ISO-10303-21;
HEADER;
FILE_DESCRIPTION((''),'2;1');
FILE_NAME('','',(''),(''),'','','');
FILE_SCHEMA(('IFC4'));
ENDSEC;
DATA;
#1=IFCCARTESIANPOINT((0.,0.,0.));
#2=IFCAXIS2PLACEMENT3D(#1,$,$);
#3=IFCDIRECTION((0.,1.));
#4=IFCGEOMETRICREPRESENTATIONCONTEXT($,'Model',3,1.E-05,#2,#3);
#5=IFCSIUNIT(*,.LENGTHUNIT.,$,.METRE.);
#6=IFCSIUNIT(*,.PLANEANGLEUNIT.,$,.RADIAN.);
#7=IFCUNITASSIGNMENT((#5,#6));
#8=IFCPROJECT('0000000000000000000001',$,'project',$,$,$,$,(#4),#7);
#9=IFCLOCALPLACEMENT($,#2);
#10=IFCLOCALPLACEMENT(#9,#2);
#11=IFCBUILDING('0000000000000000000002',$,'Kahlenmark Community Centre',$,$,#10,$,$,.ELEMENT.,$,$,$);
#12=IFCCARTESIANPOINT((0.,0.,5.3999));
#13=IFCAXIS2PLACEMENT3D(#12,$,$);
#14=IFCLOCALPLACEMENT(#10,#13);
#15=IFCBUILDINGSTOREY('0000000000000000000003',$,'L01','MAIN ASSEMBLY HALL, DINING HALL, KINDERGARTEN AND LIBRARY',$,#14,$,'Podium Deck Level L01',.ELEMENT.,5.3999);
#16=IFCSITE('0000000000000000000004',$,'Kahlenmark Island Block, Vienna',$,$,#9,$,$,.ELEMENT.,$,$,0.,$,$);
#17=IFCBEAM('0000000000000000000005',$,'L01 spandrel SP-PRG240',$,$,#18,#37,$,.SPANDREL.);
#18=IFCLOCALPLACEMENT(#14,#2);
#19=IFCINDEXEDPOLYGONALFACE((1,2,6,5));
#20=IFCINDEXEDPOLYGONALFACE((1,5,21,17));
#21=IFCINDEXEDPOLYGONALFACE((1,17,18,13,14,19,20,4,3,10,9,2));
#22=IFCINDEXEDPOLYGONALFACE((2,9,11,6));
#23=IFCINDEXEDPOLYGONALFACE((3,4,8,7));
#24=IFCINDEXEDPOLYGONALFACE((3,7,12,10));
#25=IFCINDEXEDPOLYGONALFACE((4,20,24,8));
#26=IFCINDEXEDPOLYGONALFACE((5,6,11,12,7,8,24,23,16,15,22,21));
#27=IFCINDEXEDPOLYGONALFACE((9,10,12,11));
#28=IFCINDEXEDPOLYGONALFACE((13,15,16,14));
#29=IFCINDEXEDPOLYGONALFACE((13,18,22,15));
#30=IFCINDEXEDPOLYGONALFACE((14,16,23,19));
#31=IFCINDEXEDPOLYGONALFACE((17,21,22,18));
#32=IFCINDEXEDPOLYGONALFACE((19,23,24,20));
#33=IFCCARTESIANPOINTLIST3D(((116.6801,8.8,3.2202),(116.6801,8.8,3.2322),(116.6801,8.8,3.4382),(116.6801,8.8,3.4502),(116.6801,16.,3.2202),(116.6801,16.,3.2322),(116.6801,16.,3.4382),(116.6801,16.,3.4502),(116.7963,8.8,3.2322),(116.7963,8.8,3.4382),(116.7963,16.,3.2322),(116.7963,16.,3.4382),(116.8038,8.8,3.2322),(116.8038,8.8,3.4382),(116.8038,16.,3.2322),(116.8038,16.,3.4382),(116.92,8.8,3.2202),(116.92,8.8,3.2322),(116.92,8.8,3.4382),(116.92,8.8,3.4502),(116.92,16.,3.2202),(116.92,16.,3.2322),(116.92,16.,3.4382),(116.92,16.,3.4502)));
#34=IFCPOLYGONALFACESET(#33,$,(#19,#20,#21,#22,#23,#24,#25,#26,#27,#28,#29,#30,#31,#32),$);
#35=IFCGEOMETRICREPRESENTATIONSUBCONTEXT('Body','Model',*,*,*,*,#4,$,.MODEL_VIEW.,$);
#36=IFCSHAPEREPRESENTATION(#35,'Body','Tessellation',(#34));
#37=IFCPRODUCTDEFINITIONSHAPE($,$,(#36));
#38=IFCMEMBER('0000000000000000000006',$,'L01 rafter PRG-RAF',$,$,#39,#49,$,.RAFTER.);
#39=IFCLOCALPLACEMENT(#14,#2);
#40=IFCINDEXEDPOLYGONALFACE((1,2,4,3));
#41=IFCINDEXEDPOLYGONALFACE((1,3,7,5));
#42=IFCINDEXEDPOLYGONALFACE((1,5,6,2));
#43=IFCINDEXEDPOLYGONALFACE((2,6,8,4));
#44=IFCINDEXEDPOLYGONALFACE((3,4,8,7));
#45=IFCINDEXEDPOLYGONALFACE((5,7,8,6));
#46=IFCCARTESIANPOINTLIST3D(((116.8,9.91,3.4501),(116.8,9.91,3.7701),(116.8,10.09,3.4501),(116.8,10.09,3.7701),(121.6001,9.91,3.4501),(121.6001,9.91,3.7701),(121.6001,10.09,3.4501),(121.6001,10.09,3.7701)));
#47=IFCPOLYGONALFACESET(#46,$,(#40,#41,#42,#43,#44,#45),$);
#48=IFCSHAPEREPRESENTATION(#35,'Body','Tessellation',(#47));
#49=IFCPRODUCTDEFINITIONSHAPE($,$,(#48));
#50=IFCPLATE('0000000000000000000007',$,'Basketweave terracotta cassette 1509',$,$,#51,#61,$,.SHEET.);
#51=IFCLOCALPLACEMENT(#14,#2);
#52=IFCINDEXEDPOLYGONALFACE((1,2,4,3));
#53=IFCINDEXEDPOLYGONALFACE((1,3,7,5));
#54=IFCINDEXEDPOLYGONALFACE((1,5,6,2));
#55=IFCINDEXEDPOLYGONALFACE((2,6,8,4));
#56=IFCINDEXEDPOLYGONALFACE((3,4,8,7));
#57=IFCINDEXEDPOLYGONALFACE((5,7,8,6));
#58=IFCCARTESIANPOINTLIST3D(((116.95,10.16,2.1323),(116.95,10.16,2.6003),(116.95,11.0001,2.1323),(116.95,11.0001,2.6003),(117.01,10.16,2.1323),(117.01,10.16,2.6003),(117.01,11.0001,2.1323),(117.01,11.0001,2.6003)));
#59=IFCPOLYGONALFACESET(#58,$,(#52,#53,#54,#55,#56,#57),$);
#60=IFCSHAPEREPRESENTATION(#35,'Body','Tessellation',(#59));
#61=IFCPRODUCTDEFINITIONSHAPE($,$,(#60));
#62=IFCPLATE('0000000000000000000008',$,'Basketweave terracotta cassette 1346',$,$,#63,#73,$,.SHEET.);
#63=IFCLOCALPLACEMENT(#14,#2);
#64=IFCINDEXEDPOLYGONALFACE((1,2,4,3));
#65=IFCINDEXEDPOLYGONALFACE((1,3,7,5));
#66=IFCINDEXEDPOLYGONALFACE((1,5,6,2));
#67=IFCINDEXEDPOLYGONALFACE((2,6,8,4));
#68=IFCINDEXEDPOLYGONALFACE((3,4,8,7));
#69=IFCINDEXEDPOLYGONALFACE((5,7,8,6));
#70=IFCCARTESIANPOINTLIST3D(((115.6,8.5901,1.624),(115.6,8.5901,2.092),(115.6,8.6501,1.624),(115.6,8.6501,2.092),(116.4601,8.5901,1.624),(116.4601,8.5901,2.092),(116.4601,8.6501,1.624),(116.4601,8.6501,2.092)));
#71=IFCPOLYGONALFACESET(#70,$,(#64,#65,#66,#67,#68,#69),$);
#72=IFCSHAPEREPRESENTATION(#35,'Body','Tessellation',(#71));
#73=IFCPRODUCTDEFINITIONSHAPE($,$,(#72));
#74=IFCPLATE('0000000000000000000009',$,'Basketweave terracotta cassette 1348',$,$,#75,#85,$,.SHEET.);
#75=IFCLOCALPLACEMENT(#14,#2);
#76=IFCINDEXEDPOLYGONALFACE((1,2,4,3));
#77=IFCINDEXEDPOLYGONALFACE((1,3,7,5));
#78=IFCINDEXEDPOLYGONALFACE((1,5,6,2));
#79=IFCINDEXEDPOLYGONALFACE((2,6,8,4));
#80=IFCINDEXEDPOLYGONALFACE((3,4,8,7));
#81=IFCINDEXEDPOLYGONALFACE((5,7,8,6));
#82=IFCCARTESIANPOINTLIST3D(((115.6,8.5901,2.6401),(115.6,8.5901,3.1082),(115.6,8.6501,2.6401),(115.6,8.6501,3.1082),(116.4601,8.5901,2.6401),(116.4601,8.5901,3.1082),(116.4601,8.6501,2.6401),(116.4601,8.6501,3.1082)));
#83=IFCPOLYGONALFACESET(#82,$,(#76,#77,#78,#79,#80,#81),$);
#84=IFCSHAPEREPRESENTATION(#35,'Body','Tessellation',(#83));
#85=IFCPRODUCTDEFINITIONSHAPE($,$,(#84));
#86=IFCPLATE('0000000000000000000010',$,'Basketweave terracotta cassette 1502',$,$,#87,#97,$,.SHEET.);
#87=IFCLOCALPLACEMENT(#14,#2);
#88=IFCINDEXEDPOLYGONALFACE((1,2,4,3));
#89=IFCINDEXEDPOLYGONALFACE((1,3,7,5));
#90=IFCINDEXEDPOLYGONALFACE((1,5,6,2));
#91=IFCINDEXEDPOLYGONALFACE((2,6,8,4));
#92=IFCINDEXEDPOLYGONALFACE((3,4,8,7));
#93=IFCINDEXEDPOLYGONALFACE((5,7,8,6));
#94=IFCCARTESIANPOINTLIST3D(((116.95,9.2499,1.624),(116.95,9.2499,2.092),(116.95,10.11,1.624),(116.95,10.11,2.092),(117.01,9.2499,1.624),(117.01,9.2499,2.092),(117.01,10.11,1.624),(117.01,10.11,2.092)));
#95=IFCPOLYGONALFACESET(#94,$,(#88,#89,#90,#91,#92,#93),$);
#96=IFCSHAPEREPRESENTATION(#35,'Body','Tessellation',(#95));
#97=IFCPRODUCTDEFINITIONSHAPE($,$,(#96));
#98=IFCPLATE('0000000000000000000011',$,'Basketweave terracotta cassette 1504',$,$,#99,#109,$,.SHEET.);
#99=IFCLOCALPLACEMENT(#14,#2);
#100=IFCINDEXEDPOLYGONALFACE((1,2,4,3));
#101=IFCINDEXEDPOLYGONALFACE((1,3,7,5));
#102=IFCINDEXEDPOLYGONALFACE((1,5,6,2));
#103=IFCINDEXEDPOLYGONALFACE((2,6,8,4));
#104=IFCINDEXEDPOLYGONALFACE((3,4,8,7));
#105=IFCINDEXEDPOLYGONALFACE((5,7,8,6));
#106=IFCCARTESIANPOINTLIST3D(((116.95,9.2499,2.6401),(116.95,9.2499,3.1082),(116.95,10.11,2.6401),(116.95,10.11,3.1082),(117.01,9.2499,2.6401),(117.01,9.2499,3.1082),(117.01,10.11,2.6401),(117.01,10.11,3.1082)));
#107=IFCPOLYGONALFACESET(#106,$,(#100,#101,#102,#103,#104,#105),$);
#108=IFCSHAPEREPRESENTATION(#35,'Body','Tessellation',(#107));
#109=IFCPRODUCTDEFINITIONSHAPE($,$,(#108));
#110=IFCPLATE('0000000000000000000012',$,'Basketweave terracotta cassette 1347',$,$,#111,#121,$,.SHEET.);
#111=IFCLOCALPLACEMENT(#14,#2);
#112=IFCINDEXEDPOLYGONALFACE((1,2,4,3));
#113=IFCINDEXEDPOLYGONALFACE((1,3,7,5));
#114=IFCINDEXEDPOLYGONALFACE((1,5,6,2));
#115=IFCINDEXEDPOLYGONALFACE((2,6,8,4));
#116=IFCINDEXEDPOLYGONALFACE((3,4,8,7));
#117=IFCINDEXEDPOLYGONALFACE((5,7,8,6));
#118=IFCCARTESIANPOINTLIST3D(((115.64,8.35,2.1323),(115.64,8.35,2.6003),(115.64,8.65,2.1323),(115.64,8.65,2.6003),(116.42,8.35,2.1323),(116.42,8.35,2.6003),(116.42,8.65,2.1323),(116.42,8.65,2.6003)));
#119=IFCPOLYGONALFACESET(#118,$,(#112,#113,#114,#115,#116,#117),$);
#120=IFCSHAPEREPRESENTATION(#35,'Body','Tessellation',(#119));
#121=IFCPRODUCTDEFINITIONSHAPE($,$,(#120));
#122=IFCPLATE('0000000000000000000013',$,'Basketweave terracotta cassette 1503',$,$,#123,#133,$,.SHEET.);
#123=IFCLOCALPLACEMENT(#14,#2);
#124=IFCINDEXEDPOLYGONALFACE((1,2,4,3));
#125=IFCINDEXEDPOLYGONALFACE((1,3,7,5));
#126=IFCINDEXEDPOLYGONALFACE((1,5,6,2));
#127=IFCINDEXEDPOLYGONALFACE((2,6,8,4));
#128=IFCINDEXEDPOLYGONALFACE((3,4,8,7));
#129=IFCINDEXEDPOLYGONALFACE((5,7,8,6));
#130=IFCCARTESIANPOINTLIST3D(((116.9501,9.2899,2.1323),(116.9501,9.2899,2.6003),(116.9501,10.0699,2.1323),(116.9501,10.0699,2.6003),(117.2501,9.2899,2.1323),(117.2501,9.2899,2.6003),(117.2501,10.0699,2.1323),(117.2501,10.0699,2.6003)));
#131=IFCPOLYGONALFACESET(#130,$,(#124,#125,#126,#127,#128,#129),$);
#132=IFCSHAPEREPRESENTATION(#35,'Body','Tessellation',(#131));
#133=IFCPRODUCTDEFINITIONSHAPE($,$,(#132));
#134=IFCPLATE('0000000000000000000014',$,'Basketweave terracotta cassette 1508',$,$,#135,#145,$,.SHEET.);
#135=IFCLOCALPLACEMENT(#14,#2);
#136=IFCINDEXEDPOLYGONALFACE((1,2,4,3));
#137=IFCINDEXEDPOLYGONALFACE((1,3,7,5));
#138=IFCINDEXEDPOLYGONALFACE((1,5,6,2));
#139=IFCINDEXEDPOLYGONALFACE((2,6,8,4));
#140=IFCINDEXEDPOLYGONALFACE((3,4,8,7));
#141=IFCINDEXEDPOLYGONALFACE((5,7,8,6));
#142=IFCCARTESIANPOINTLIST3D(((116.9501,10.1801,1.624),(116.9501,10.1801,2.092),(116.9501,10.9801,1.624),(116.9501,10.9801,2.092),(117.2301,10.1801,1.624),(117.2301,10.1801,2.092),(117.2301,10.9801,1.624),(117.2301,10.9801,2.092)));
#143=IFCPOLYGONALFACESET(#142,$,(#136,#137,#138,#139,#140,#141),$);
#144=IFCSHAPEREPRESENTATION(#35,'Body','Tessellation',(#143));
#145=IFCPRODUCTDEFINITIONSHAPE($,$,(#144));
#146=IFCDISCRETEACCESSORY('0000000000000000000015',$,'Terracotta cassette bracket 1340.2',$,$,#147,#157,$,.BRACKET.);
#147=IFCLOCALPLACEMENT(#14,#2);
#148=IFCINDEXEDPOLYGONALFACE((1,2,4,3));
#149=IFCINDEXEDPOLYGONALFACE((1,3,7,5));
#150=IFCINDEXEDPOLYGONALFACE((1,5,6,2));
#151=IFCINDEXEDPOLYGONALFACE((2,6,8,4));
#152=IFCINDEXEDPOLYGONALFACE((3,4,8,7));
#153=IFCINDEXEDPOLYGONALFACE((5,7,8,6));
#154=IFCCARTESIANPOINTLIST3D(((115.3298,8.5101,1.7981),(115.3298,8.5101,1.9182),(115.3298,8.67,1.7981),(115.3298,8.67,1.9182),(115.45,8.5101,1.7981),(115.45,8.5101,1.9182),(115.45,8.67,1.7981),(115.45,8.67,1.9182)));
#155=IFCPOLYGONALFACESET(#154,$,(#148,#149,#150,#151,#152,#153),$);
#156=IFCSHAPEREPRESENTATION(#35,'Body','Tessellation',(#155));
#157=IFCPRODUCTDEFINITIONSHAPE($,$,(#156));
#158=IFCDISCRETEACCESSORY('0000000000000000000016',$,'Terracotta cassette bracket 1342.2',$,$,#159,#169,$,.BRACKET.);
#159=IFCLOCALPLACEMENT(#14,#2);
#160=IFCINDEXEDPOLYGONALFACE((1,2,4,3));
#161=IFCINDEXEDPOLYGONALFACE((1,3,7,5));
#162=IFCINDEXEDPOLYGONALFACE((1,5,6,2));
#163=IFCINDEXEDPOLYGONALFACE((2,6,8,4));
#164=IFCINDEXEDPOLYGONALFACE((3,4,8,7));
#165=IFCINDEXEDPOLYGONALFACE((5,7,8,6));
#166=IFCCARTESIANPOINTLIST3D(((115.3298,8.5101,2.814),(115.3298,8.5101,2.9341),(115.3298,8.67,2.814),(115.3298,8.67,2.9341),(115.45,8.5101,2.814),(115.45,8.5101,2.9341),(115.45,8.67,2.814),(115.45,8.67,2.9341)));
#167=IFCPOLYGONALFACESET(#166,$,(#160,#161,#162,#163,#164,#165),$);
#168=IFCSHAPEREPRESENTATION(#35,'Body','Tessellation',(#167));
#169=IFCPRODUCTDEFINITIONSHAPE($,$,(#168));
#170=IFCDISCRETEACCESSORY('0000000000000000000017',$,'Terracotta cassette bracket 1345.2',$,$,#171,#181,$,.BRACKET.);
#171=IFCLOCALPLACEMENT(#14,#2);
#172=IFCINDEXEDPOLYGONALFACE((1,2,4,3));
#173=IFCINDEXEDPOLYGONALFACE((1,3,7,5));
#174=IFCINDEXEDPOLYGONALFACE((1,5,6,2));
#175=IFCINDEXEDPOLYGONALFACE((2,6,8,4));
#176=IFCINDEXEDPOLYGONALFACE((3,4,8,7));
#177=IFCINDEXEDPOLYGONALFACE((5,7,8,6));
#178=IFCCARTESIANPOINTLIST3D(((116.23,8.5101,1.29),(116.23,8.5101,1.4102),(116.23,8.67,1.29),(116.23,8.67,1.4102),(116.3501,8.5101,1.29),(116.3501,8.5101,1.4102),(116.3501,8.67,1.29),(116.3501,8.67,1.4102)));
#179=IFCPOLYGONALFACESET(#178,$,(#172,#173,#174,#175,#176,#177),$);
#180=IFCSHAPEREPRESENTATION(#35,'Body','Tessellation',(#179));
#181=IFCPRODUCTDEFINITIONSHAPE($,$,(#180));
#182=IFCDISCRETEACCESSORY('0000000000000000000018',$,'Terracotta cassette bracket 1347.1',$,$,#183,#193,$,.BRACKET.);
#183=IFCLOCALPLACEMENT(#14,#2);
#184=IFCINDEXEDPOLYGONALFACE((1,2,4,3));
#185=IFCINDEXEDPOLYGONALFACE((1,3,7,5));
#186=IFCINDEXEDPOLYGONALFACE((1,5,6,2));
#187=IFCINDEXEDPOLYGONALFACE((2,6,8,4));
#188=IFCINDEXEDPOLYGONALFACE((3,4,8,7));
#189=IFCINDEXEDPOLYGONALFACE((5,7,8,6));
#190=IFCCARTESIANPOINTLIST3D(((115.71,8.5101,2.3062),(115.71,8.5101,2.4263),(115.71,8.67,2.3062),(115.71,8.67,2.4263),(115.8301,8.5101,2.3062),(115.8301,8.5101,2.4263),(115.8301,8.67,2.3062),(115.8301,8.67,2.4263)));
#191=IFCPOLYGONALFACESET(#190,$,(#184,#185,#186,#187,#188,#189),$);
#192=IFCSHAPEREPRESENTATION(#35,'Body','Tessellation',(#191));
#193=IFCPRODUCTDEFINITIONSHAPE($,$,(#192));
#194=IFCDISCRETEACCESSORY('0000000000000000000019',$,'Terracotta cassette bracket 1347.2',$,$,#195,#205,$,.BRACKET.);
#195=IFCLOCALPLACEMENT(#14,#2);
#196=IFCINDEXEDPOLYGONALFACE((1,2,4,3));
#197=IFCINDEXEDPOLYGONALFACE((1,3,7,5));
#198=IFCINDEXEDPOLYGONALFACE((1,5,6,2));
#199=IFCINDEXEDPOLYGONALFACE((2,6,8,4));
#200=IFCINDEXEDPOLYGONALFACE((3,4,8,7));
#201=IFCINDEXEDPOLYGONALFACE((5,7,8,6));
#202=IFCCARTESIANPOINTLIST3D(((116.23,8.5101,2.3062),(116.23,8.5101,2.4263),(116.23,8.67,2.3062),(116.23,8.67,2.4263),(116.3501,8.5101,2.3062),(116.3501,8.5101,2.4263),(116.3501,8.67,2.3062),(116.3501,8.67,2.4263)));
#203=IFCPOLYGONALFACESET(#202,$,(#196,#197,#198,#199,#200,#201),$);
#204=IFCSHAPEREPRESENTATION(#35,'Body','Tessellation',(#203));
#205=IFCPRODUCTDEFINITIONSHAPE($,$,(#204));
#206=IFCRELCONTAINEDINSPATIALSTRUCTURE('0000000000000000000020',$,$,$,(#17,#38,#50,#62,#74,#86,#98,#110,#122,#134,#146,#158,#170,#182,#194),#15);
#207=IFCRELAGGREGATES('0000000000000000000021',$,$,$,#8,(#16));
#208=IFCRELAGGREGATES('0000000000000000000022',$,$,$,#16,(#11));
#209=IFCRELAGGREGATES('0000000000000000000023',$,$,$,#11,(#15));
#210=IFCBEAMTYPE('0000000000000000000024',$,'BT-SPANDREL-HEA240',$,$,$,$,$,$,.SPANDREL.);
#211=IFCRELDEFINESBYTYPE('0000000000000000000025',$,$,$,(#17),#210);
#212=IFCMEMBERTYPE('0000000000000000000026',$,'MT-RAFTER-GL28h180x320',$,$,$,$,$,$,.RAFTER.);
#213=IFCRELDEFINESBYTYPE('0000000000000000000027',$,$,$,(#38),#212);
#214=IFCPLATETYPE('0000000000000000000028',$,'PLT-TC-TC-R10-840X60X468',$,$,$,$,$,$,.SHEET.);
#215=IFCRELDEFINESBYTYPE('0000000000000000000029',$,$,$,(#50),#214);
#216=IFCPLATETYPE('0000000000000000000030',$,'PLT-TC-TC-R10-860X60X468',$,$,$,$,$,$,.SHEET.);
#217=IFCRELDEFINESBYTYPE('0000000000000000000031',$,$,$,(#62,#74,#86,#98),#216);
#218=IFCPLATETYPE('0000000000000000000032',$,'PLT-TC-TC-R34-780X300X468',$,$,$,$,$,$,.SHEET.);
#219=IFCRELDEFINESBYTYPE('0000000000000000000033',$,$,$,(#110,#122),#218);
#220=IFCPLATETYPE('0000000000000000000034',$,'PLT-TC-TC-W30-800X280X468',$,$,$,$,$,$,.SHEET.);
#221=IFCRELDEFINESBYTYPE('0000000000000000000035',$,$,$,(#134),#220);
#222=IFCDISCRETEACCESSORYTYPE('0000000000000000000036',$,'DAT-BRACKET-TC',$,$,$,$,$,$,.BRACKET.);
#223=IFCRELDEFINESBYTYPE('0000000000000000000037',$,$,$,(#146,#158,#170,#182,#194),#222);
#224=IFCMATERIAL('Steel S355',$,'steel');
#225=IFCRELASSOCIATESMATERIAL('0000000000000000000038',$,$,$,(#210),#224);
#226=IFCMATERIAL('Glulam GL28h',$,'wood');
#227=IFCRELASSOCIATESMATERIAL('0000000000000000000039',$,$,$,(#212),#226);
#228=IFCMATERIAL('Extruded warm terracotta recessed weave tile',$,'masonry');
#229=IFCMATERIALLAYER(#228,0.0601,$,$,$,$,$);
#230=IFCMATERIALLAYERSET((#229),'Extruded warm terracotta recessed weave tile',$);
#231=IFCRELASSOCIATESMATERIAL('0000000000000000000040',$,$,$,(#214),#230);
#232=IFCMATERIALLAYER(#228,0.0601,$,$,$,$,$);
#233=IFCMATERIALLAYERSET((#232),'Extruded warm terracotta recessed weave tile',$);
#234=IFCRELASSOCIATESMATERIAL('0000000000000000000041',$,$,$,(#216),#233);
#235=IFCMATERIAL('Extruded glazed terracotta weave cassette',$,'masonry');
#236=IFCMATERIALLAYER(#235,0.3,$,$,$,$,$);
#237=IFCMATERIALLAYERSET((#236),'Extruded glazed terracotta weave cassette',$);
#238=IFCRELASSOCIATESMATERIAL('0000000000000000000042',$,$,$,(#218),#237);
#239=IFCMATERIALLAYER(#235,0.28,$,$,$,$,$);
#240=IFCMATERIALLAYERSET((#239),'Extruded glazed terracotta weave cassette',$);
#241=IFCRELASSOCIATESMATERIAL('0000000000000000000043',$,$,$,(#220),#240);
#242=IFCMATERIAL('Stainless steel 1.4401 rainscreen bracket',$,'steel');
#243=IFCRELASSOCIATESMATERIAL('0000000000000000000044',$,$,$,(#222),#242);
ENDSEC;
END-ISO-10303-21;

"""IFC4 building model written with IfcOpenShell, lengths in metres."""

from ifc_helpers import new_model, si_unit, direction, frame, origin, origin_2d, place, context, subcontext, project, spatial, rectangle, i_section, extrude, material, layer, layer_set, material_profile, profile_set, type_object, element, save


model = new_model("IFC4")

# Units and contexts
model_context = context("Model", 3, precision=1e-05, world=origin(), true_north=direction((0.0, 1.0)))
body_context = subcontext(model_context, "Body", "Model", "MODEL_VIEW")
ifc_project = project(units=[si_unit("LENGTHUNIT", "METRE"), si_unit("PLANEANGLEUNIT", "RADIAN")], contexts=[model_context])

# Site, building, storey
site_placement = place(None, origin())
site = spatial("IfcSite", under=ifc_project, at=site_placement, Name="Kahlenmark Island Block, Vienna", CompositionType="ELEMENT", RefElevation=0.0)
building_placement = place(site_placement, origin())
building = spatial("IfcBuilding", under=site, at=building_placement, Name="Kahlenmark Community Centre", CompositionType="ELEMENT")
storey_placement = place(building_placement, frame((0.0, 0.0, 5.3999)))
storey = spatial("IfcBuildingStorey", under=building, at=storey_placement, Name="L01", Description="MAIN ASSEMBLY HALL, DINING HALL, KINDERGARTEN AND LIBRARY", LongName="Podium Deck Level L01", CompositionType="ELEMENT", Elevation=5.3999)

# Beam
ifc_material_1 = material(Name="Steel S355", Category="steel")
ifc_material_profile_1 = material_profile(ifc_material_1, i_section(OverallWidth=0.24, OverallDepth=0.23, WebThickness=0.0076, FlangeThickness=0.012, at=origin_2d()), Name="HEA 240")
ifc_profile_set_1 = profile_set([ifc_material_profile_1], Name="Steel S355")
beam_type = type_object("IfcBeamType", Name="BT-SPANDREL-HEA240", PredefinedType="SPANDREL", material=ifc_profile_set_1)
beam_placement = place(storey_placement, frame((116.8, 8.8, 3.3352), z_axis=(0.0, 1.0, 0.0), x_axis=(-1.0, 0.0, 0.0)))
element("IfcBeam", 1, at=beam_placement, inside=storey, type_object=beam_type, Name="L01 spandrel SP-PRG240", PredefinedType="SPANDREL", context=body_context, shape_type="SweptSolid", body=[
    extrude(i_section(OverallWidth=0.24, OverallDepth=0.23, WebThickness=0.0076, FlangeThickness=0.012, at=origin_2d()), origin(), (0.0, 0.0, 1.0), 7.2),
])

# Member
ifc_material_2 = material(Name="Glulam GL28h", Category="wood")
ifc_material_profile_2 = material_profile(ifc_material_2, rectangle(XDim=0.1799, YDim=0.3201, at=origin_2d()), Name="GL28h 180x320")
ifc_profile_set_2 = profile_set([ifc_material_profile_2], Name="Glulam GL28h")
member_type = type_object("IfcMemberType", Name="MT-RAFTER-GL28h180x320", PredefinedType="RAFTER", material=ifc_profile_set_2)
member_placement = place(storey_placement, frame((116.8, 10.0, 3.6101), z_axis=(1.0, 0.0, 0.0), x_axis=(0.0, 1.0, 0.0)))
element("IfcMember", 2, at=member_placement, inside=storey, type_object=member_type, Name="L01 rafter PRG-RAF", PredefinedType="RAFTER", context=body_context, shape_type="SweptSolid", body=[
    extrude(rectangle(XDim=0.1799, YDim=0.3201, at=origin_2d()), origin(), (0.0, 0.0, 1.0), 4.8),
])

# Plates
ifc_material_3 = material(Name="Extruded warm terracotta recessed weave tile", Category="masonry")
ifc_layer_1 = layer(ifc_material_3, 0.0601)
ifc_layer_set_1 = layer_set([ifc_layer_1], Name="Extruded warm terracotta recessed weave tile")
plate_type_1 = type_object("IfcPlateType", Name="PLT-TC-TC-R10-840X60X468", PredefinedType="SHEET", material=ifc_layer_set_1)
plate_1_placement = place(storey_placement, frame((116.98, 10.5801, 2.1323), z_axis=(0.0, 0.0, 1.0), x_axis=(0.0, 1.0, 0.0)))
element("IfcPlate", 3, at=plate_1_placement, inside=storey, type_object=plate_type_1, Name="Basketweave terracotta cassette 1509", PredefinedType="SHEET", context=body_context, shape_type="SweptSolid", body=[
    extrude(rectangle(XDim=0.8401, YDim=0.0601, at=origin_2d()), origin(), (0.0, 0.0, 1.0), 0.468),
])
ifc_layer_2 = layer(ifc_material_3, 0.0601)
ifc_layer_set_2 = layer_set([ifc_layer_2], Name="Extruded warm terracotta recessed weave tile")
plate_type_2 = type_object("IfcPlateType", Name="PLT-TC-TC-R10-860X60X468", PredefinedType="SHEET", material=ifc_layer_set_2)
for number, where, z_axis, x_axis, name in (
    (4, (116.03, 8.6201, 1.624), (0.0, 0.0, 1.0), (1.0, 0.0, 0.0), "Basketweave terracotta cassette 1346"),
    (5, (116.03, 8.6201, 2.6401), (0.0, 0.0, 1.0), (1.0, 0.0, 0.0), "Basketweave terracotta cassette 1348"),
    (6, (116.98, 9.6799, 1.624), (0.0, 0.0, 1.0), (0.0, 1.0, 0.0), "Basketweave terracotta cassette 1502"),
    (7, (116.98, 9.6799, 2.6401), (0.0, 0.0, 1.0), (0.0, 1.0, 0.0), "Basketweave terracotta cassette 1504"),
):
    element("IfcPlate", number, at=place(storey_placement, frame(where, z_axis=z_axis, x_axis=x_axis)), inside=storey, type_object=plate_type_2, Name=name, PredefinedType="SHEET", context=body_context, shape_type="SweptSolid", body=[
        extrude(rectangle(XDim=0.8601, YDim=0.0601, at=origin_2d()), origin(), (0.0, 0.0, 1.0), 0.468),
    ])
ifc_material_4 = material(Name="Extruded glazed terracotta weave cassette", Category="masonry")
ifc_layer_3 = layer(ifc_material_4, 0.3)
ifc_layer_set_3 = layer_set([ifc_layer_3], Name="Extruded glazed terracotta weave cassette")
plate_type_3 = type_object("IfcPlateType", Name="PLT-TC-TC-R34-780X300X468", PredefinedType="SHEET", material=ifc_layer_set_3)
for number, where, z_axis, x_axis, name in (
    (8, (116.03, 8.5, 2.1323), (0.0, 0.0, 1.0), (1.0, 0.0, 0.0), "Basketweave terracotta cassette 1347"),
    (9, (117.1001, 9.6799, 2.1323), (0.0, 0.0, 1.0), (0.0, 1.0, 0.0), "Basketweave terracotta cassette 1503"),
):
    element("IfcPlate", number, at=place(storey_placement, frame(where, z_axis=z_axis, x_axis=x_axis)), inside=storey, type_object=plate_type_3, Name=name, PredefinedType="SHEET", context=body_context, shape_type="SweptSolid", body=[
        extrude(rectangle(XDim=0.78, YDim=0.3, at=origin_2d()), origin(), (0.0, 0.0, 1.0), 0.468),
    ])
ifc_layer_4 = layer(ifc_material_4, 0.28)
ifc_layer_set_4 = layer_set([ifc_layer_4], Name="Extruded glazed terracotta weave cassette")
plate_type_4 = type_object("IfcPlateType", Name="PLT-TC-TC-W30-800X280X468", PredefinedType="SHEET", material=ifc_layer_set_4)
plate_2_placement = place(storey_placement, frame((117.0901, 10.5801, 1.624), z_axis=(0.0, 0.0, 1.0), x_axis=(0.0, 1.0, 0.0)))
element("IfcPlate", 10, at=plate_2_placement, inside=storey, type_object=plate_type_4, Name="Basketweave terracotta cassette 1508", PredefinedType="SHEET", context=body_context, shape_type="SweptSolid", body=[
    extrude(rectangle(XDim=0.8, YDim=0.28, at=origin_2d()), origin(), (0.0, 0.0, 1.0), 0.468),
])

# Discrete accessories
ifc_material_5 = material(Name="Stainless steel 1.4401 rainscreen bracket", Category="steel")
discrete_accessory_type = type_object("IfcDiscreteAccessoryType", Name="DAT-BRACKET-TC", PredefinedType="BRACKET", material=ifc_material_5)
for number, where, z_axis, x_axis, name in (
    (11, (115.3899, 8.5901, 1.7981), (0.0, 0.0, 1.0), (1.0, 0.0, 0.0), "Terracotta cassette bracket 1340.2"),
    (12, (115.3899, 8.5901, 2.814), (0.0, 0.0, 1.0), (1.0, 0.0, 0.0), "Terracotta cassette bracket 1342.2"),
    (13, (116.29, 8.5901, 1.29), (0.0, 0.0, 1.0), (1.0, 0.0, 0.0), "Terracotta cassette bracket 1345.2"),
    (14, (115.77, 8.5901, 2.3062), (0.0, 0.0, 1.0), (1.0, 0.0, 0.0), "Terracotta cassette bracket 1347.1"),
    (15, (116.29, 8.5901, 2.3062), (0.0, 0.0, 1.0), (1.0, 0.0, 0.0), "Terracotta cassette bracket 1347.2"),
):
    element("IfcDiscreteAccessory", number, at=place(storey_placement, frame(where, z_axis=z_axis, x_axis=x_axis)), inside=storey, type_object=discrete_accessory_type, Name=name, PredefinedType="BRACKET", context=body_context, shape_type="SweptSolid", body=[
        extrude(rectangle(XDim=0.1201, YDim=0.1599, at=origin_2d()), origin(), (0.0, 0.0, 1.0), 0.1201),
    ])

save(model, "model.ifc")
